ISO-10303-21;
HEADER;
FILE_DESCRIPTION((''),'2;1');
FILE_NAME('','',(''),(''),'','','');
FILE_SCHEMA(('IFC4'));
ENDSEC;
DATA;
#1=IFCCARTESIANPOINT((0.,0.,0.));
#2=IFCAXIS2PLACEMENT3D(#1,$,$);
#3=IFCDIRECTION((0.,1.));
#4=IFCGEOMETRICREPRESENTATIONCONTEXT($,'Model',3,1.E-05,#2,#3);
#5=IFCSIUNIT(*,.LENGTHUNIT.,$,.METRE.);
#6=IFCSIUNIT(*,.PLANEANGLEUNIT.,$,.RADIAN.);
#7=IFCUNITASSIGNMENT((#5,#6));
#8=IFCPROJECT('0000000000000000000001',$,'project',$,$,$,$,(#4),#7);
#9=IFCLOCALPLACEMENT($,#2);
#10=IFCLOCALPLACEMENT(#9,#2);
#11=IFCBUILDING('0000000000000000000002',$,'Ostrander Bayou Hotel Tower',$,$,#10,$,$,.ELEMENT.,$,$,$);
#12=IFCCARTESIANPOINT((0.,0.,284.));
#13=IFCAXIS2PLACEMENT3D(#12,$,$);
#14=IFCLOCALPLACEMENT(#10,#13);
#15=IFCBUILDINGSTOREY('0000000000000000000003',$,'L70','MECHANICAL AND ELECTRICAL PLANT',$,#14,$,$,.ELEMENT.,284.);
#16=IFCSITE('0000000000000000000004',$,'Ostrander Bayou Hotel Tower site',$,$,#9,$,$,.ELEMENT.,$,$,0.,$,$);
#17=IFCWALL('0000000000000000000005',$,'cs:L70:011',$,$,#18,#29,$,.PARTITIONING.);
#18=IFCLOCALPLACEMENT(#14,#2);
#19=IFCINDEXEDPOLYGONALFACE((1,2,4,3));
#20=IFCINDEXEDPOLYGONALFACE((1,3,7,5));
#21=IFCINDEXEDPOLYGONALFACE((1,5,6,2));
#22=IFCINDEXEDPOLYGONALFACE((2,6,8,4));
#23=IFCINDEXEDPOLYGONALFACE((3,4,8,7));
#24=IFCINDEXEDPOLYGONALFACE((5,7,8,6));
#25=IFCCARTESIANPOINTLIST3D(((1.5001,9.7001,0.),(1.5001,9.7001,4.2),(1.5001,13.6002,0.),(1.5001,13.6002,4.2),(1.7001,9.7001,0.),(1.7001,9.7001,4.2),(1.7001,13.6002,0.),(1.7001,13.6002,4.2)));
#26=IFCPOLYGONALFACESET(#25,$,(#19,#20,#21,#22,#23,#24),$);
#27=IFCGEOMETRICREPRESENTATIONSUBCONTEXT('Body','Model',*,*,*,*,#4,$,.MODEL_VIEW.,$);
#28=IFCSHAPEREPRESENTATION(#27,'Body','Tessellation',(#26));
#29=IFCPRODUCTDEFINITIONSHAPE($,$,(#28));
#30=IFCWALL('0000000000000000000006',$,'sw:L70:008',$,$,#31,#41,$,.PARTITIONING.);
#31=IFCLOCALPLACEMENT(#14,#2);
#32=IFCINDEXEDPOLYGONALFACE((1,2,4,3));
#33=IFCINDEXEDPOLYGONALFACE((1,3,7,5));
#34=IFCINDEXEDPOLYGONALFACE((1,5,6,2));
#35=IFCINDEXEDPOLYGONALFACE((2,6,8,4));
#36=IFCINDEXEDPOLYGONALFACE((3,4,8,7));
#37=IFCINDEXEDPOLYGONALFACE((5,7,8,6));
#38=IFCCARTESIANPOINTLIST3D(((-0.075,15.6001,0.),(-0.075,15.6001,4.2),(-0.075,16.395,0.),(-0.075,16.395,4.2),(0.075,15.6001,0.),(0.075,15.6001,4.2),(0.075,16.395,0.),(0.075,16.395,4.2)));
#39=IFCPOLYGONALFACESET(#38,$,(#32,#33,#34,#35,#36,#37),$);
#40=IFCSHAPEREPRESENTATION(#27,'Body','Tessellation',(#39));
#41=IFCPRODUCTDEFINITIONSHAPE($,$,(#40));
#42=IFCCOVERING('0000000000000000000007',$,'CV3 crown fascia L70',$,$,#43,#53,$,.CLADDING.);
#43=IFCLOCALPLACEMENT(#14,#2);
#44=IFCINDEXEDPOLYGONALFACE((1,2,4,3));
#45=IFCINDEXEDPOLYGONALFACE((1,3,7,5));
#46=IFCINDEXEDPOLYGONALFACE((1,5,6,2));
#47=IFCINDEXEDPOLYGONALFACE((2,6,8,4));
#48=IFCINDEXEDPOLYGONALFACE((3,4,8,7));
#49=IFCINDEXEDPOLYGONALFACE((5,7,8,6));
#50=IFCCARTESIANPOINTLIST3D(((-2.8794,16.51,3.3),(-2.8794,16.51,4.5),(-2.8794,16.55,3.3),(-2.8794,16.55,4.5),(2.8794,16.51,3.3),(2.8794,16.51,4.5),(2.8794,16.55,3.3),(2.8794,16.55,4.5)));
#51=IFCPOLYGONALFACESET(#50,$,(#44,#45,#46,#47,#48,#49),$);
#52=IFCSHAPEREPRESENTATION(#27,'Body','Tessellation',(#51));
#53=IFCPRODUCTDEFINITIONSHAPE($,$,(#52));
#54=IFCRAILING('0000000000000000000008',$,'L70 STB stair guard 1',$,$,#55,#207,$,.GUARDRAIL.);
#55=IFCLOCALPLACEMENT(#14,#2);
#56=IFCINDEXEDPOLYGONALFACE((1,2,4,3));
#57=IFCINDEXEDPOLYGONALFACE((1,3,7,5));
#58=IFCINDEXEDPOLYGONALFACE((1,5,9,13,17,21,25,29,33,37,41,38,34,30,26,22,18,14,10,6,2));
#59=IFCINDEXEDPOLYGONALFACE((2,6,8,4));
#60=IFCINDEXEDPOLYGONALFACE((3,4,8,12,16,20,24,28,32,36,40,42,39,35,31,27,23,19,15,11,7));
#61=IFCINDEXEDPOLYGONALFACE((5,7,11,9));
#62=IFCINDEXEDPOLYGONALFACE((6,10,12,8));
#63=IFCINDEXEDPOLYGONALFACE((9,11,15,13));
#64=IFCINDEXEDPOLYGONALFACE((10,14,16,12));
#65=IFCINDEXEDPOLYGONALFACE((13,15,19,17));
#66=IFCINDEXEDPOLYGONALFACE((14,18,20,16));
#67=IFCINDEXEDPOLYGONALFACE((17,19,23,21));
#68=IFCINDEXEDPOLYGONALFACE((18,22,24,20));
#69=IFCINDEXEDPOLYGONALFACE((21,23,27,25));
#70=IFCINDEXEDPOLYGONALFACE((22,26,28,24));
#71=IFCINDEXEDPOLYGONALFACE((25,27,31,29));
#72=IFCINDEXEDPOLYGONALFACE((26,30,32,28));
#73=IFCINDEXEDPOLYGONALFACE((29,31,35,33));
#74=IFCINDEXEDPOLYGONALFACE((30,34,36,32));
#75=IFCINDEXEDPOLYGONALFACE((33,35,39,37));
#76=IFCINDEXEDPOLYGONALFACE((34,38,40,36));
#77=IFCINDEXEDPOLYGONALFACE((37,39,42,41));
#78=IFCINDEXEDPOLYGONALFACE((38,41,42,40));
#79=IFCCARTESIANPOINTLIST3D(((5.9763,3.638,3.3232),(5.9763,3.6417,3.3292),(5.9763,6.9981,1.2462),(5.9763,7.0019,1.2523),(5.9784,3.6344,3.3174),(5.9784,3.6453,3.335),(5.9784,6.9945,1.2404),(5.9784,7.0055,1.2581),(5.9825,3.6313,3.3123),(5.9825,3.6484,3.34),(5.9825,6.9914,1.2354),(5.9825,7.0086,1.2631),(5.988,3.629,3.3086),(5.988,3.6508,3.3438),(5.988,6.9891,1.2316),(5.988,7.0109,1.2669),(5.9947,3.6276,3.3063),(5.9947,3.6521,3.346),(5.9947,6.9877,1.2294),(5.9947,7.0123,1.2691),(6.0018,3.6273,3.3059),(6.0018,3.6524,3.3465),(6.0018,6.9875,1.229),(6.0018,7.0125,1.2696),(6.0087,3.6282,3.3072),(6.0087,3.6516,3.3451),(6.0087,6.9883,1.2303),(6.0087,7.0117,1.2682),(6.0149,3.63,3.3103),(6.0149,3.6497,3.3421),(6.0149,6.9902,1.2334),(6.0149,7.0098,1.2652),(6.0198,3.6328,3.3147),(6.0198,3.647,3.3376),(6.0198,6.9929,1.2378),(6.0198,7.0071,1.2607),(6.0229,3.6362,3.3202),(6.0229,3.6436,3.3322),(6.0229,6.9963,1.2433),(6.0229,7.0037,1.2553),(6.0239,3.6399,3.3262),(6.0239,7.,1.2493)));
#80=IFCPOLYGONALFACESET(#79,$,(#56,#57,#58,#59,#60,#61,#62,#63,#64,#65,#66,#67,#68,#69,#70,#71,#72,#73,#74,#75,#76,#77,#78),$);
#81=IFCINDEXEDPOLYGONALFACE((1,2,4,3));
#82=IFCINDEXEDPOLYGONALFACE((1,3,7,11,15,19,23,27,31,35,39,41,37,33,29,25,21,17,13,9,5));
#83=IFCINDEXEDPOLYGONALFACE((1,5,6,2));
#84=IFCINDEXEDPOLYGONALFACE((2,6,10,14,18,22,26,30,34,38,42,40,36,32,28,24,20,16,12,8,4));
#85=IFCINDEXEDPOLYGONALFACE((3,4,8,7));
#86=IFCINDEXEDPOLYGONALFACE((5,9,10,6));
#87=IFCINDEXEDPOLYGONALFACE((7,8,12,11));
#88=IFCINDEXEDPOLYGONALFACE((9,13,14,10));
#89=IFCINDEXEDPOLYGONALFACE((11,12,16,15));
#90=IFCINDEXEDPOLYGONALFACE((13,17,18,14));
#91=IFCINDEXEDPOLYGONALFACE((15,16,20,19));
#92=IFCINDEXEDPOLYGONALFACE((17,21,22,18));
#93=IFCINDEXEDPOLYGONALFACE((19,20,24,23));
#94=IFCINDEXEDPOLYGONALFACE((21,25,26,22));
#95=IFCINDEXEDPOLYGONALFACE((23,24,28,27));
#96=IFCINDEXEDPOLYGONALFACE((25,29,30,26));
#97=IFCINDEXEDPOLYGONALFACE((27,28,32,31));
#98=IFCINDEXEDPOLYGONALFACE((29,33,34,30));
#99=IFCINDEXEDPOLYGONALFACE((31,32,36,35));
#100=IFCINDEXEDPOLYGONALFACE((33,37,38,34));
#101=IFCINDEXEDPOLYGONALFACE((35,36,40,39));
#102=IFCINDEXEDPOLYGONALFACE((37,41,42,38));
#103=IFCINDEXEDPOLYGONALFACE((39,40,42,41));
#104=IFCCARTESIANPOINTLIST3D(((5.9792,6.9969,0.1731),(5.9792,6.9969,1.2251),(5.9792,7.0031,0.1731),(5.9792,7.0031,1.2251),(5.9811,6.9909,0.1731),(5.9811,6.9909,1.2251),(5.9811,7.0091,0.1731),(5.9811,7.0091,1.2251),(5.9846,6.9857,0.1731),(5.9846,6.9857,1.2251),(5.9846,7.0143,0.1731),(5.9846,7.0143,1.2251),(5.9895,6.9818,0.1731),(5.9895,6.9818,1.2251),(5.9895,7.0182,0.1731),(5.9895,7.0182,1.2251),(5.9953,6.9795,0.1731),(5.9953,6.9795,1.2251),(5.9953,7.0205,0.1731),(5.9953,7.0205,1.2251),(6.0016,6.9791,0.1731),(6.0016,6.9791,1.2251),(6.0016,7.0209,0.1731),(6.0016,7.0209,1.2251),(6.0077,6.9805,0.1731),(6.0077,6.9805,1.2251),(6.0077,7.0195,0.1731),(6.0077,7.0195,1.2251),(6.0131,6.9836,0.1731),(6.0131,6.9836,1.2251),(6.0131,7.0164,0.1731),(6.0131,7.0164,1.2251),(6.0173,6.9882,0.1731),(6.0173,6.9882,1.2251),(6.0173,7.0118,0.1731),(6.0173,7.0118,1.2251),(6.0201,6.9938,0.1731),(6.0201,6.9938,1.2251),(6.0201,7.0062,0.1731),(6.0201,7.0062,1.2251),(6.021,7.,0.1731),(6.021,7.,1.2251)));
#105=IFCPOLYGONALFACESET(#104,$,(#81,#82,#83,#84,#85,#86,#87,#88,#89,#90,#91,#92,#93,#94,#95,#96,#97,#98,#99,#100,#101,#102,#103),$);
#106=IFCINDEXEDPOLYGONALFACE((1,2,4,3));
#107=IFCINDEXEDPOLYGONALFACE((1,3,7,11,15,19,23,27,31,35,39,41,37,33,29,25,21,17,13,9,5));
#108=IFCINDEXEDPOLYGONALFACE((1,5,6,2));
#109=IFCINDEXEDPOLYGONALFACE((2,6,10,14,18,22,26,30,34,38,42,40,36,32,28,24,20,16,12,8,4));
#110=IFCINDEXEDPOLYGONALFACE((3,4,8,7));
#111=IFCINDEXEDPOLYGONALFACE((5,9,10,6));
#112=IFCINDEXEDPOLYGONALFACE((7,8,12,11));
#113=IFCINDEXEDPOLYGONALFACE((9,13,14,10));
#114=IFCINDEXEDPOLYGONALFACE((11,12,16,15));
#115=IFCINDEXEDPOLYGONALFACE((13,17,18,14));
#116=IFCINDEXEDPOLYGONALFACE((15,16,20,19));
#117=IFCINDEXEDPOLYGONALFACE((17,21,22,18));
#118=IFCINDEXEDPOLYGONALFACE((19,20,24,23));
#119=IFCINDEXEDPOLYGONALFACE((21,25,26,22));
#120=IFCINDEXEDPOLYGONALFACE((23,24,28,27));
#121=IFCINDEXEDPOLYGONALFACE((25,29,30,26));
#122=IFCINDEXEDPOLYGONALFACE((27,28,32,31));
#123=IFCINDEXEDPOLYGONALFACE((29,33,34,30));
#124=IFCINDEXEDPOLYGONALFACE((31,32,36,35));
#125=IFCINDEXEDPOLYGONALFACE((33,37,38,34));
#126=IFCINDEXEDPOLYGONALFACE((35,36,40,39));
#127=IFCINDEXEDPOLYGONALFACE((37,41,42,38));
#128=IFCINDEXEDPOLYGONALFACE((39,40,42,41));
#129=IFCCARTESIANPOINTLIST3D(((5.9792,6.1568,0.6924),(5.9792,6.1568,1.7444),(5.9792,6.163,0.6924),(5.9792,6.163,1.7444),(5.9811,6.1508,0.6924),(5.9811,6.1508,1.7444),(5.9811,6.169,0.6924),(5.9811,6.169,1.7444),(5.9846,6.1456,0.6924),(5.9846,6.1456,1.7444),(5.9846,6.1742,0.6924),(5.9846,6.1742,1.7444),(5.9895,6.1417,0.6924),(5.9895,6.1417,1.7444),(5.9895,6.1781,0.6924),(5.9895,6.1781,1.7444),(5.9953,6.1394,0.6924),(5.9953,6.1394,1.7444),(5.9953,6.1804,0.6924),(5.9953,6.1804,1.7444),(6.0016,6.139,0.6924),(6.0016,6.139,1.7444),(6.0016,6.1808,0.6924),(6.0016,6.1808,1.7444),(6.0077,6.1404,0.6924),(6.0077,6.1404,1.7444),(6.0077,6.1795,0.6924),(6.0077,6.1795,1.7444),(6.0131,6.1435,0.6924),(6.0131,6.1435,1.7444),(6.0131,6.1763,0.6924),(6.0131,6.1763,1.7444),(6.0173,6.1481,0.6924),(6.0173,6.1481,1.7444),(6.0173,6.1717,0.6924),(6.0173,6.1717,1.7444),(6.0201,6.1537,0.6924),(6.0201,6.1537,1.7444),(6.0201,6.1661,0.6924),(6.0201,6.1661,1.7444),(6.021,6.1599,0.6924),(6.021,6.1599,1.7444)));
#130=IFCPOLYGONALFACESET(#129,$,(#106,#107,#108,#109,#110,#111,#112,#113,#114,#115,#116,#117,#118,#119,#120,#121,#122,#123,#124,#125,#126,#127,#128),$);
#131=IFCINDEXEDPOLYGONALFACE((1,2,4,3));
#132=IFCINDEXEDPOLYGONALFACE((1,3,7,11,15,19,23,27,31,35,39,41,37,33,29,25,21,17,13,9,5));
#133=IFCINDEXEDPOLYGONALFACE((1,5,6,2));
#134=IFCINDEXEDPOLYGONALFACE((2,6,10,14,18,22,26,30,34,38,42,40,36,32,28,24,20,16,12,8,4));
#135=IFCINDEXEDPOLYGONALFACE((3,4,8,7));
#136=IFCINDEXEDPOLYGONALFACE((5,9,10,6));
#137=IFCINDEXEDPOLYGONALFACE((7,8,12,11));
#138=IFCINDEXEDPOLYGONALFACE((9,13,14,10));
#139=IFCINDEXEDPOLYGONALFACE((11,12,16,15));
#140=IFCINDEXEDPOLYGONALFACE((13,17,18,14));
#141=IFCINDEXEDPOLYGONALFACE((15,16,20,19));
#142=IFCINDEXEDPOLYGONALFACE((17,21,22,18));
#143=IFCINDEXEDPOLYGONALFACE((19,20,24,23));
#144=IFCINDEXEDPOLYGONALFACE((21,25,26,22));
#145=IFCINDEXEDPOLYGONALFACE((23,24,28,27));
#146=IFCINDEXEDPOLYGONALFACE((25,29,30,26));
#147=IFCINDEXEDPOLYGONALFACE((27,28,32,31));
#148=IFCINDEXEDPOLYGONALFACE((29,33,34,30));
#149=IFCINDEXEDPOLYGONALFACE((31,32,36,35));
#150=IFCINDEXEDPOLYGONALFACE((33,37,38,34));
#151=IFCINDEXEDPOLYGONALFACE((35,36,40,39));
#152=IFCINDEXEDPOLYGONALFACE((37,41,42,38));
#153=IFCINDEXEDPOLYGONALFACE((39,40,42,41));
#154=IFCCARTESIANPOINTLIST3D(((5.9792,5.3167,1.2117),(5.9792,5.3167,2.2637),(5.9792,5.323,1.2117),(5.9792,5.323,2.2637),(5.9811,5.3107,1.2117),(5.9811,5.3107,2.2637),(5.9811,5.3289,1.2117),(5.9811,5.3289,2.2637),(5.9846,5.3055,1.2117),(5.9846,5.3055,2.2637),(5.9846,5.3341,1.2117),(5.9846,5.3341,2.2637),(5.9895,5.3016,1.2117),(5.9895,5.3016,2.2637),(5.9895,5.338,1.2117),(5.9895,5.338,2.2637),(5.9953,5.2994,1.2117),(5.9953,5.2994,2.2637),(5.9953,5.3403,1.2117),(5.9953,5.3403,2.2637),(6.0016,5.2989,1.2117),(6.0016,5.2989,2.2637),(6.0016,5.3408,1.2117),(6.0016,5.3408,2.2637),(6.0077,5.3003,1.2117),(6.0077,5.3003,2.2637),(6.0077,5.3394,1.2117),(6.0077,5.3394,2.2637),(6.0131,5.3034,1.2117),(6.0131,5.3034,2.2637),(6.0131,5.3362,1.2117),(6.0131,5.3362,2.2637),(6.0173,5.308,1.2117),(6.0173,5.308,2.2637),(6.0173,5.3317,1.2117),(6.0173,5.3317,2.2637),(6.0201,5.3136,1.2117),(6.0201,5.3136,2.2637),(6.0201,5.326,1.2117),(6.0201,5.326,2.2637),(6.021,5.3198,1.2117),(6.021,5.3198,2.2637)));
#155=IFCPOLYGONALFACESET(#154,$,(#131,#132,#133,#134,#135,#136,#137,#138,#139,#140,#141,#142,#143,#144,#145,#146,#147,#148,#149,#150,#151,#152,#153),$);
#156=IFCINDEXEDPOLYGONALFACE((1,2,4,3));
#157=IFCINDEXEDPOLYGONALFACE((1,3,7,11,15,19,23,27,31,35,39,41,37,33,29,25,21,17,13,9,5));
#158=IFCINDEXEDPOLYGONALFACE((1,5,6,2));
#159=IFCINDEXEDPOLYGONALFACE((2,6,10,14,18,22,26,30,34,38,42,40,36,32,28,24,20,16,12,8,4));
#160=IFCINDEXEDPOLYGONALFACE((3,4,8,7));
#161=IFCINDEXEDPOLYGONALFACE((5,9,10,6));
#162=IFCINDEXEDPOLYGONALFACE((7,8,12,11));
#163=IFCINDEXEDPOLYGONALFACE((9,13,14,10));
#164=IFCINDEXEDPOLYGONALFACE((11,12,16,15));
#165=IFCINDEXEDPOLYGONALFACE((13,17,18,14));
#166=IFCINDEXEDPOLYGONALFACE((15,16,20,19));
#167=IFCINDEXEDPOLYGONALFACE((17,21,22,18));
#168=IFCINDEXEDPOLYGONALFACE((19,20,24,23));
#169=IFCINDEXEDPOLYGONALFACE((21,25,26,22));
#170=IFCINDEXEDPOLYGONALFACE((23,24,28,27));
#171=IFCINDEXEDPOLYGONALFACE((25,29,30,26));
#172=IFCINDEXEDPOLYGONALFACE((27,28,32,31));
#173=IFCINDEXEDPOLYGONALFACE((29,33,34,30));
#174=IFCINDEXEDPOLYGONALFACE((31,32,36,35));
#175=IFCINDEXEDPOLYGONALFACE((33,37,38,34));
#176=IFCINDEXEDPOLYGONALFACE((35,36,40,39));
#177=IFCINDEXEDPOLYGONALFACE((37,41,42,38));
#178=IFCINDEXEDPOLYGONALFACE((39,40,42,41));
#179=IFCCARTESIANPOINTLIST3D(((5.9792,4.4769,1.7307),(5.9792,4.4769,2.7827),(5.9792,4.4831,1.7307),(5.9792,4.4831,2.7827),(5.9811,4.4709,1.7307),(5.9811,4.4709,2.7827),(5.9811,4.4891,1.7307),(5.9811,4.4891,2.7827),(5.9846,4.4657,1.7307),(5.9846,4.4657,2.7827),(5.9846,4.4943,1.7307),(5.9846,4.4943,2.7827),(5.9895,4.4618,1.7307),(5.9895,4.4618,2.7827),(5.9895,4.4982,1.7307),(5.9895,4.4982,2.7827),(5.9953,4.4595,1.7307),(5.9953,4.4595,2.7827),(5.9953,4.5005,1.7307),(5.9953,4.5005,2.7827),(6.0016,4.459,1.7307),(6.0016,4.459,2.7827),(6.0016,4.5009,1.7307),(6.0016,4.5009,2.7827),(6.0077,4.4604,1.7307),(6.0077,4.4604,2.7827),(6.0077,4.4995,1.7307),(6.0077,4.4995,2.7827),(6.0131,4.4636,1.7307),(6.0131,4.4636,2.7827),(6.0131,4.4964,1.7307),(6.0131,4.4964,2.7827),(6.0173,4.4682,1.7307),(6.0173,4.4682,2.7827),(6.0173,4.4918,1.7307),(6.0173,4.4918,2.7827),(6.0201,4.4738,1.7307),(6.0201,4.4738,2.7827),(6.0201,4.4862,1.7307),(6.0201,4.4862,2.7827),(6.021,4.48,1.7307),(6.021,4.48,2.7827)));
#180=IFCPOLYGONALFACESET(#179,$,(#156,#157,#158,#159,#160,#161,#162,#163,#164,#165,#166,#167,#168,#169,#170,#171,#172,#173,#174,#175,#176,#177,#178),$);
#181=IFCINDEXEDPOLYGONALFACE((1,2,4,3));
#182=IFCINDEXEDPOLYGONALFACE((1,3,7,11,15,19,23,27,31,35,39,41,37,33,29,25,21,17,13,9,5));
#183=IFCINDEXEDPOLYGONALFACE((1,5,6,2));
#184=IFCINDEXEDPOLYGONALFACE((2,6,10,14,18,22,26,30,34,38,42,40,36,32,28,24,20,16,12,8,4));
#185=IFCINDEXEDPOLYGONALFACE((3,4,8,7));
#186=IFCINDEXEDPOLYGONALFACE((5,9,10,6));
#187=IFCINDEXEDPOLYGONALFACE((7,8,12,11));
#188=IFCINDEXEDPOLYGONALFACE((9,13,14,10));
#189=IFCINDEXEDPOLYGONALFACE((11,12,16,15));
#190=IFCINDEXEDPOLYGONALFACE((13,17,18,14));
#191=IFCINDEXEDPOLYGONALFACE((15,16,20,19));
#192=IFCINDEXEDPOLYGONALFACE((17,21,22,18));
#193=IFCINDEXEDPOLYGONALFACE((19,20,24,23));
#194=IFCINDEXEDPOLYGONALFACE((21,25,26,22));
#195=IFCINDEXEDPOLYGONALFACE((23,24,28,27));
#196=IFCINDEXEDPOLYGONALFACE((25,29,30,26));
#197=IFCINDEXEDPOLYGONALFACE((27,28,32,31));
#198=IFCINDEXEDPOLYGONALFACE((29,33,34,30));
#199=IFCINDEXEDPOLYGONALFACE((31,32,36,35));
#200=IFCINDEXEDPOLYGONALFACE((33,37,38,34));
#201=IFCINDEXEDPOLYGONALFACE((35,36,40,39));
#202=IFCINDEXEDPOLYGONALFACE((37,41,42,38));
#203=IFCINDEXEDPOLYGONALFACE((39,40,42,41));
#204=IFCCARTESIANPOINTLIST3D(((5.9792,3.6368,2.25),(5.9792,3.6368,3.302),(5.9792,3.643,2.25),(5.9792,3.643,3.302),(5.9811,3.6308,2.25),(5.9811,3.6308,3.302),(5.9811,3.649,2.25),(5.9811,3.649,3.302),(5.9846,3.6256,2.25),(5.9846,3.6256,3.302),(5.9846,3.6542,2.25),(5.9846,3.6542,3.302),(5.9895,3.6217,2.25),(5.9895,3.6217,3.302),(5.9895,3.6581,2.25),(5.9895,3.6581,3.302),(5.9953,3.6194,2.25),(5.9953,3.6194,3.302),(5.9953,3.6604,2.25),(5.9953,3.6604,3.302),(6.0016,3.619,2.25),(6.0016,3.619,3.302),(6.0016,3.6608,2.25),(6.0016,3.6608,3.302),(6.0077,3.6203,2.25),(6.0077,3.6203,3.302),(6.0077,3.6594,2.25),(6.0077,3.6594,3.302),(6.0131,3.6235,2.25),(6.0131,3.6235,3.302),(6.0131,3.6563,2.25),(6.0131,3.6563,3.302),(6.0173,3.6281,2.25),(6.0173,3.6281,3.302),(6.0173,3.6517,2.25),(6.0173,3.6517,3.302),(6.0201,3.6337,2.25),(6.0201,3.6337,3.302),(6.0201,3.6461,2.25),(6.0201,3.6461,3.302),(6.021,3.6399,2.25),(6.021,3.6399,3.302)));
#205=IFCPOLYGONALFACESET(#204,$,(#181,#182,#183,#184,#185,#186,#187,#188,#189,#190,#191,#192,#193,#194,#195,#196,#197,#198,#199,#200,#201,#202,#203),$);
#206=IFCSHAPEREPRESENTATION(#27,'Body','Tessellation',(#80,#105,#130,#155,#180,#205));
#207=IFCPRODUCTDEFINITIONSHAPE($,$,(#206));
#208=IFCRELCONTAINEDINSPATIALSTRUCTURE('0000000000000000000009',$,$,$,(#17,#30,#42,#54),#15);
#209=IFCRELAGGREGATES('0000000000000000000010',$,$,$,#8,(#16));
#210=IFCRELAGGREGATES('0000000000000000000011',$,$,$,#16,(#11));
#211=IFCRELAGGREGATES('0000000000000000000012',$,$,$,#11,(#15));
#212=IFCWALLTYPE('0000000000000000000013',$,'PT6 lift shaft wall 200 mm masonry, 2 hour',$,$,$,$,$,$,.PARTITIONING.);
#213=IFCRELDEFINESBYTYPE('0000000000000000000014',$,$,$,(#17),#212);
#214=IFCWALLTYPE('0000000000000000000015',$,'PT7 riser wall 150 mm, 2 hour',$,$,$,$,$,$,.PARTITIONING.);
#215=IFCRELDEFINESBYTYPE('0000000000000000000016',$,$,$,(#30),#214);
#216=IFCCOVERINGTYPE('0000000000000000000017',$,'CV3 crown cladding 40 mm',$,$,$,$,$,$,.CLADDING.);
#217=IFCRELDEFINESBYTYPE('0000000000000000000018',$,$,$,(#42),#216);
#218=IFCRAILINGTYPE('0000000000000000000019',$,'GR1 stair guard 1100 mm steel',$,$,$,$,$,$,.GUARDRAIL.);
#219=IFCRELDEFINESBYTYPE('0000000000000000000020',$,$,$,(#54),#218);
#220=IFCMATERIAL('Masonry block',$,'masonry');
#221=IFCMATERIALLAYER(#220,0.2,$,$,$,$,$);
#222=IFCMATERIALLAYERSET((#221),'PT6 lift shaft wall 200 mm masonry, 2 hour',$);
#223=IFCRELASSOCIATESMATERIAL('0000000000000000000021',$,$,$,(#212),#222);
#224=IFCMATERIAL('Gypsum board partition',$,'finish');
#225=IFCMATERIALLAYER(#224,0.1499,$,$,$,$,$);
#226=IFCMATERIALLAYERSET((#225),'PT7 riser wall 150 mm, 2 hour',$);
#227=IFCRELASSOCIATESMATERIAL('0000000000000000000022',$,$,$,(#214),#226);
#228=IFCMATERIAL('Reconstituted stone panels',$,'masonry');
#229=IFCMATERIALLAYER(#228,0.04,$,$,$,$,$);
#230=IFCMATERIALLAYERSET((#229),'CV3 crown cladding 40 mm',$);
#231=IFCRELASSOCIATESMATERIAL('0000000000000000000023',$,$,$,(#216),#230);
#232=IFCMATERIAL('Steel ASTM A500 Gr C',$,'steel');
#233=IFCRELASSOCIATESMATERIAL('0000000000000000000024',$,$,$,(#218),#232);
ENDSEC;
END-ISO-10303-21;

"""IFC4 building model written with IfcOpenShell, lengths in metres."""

from ifc_helpers import new_model, si_unit, direction, frame, frame_2d, origin, origin_2d, place, context, subcontext, project, spatial, polyline, rectangle, circle, outline, extrude, material, layer, layer_set, type_object, element, save


model = new_model("IFC4")

# Units and contexts
model_context = context("Model", 3, precision=1e-05, world=origin(), true_north=direction((0.0, 1.0)))
body_context = subcontext(model_context, "Body", "Model", "MODEL_VIEW")
ifc_project = project(units=[si_unit("LENGTHUNIT", "METRE"), si_unit("PLANEANGLEUNIT", "RADIAN")], contexts=[model_context])

# Site, building, storey
site_placement = place(None, origin())
site = spatial("IfcSite", under=ifc_project, at=site_placement, Name="Ostrander Bayou Hotel Tower site", CompositionType="ELEMENT", RefElevation=0.0)
building_placement = place(site_placement, origin())
building = spatial("IfcBuilding", under=site, at=building_placement, Name="Ostrander Bayou Hotel Tower", CompositionType="ELEMENT")
storey_placement = place(building_placement, frame((0.0, 0.0, 284.0)))
storey = spatial("IfcBuildingStorey", under=building, at=storey_placement, Name="L70", Description="MECHANICAL AND ELECTRICAL PLANT", CompositionType="ELEMENT", Elevation=284.0)

# Walls
ifc_material_1 = material(Name="Masonry block", Category="masonry")
ifc_layer_1 = layer(ifc_material_1, 0.2)
ifc_layer_set_1 = layer_set([ifc_layer_1], Name="PT6 lift shaft wall 200 mm masonry, 2 hour")
wall_type_1 = type_object("IfcWallType", Name="PT6 lift shaft wall 200 mm masonry, 2 hour", PredefinedType="PARTITIONING", material=ifc_layer_set_1)
wall_1_placement = place(storey_placement, frame((1.6001, 9.7, 0.0), z_axis=(0.0, 0.0, 1.0), x_axis=(0.0, 1.0, 0.0)))
element("IfcWall", 1, at=wall_1_placement, inside=storey, type_object=wall_type_1, Name="cs:L70:011", PredefinedType="PARTITIONING", context=body_context, shape_type="SweptSolid", body=[
    extrude(rectangle(XDim=3.9001, YDim=0.2, at=frame_2d((1.9502, 0.0))), origin(), (0.0, 0.0, 1.0), 4.2),
])
ifc_material_2 = material(Name="Gypsum board partition", Category="finish")
ifc_layer_2 = layer(ifc_material_2, 0.1499)
ifc_layer_set_2 = layer_set([ifc_layer_2], Name="PT7 riser wall 150 mm, 2 hour")
wall_type_2 = type_object("IfcWallType", Name="PT7 riser wall 150 mm, 2 hour", PredefinedType="PARTITIONING", material=ifc_layer_set_2)
wall_2_placement = place(storey_placement, frame((0.0, 15.6001, 0.0), z_axis=(0.0, 0.0, 1.0), x_axis=(0.0, 1.0, 0.0)))
element("IfcWall", 2, at=wall_2_placement, inside=storey, type_object=wall_type_2, Name="sw:L70:008", PredefinedType="PARTITIONING", context=body_context, shape_type="SweptSolid", body=[
    extrude(rectangle(XDim=0.7949, YDim=0.1499, at=frame_2d((0.3975, 0.0))), origin(), (0.0, 0.0, 1.0), 4.2),
])

# Covering
ifc_material_3 = material(Name="Reconstituted stone panels", Category="masonry")
ifc_layer_3 = layer(ifc_material_3, 0.04)
ifc_layer_set_3 = layer_set([ifc_layer_3], Name="CV3 crown cladding 40 mm")
covering_type = type_object("IfcCoveringType", Name="CV3 crown cladding 40 mm", PredefinedType="CLADDING", material=ifc_layer_set_3)
covering_placement = place(storey_placement, frame((2.8794, 16.55, 3.3), z_axis=(0.0, 1.0, 0.0), x_axis=(-1.0, 0.0, 0.0)))
element("IfcCovering", 3, at=covering_placement, inside=storey, type_object=covering_type, Name="CV3 crown fascia L70", PredefinedType="CLADDING", context=body_context, shape_type="SweptSolid", body=[
    extrude(outline(polyline([(0.0, 0.0), (5.7588, 0.0), (5.7588, 1.2), (0.0, 1.2), (0.0, 0.0)])), origin(), (0.0, 0.0, -1.0), 0.04),
])

# Railing
ifc_material_4 = material(Name="Steel ASTM A500 Gr C", Category="steel")
railing_type = type_object("IfcRailingType", Name="GR1 stair guard 1100 mm steel", PredefinedType="GUARDRAIL", material=ifc_material_4)
railing_1_placement = place(storey_placement, frame((6.0, 7.0, 0.1731)))
element("IfcRailing", 4, at=railing_1_placement, inside=storey, type_object=railing_type, Name="L70 STB stair guard 1", PredefinedType="GUARDRAIL", context=body_context, shape_type="SweptSolid", body=[
    extrude(circle(Radius=0.0239, at=origin_2d()), frame((0.0, 0.0, 1.0762), z_axis=(0.0, -0.850623, 0.525776), x_axis=(1.0, 0.0, 0.0)), (0.0, 0.0, 1.0), 3.9502),
    extrude(circle(Radius=0.021, at=origin_2d()), origin(), (0.0, 0.0, 1.0), 1.052),
    extrude(circle(Radius=0.021, at=origin_2d()), frame((0.0, -0.8401, 0.5193)), (0.0, 0.0, 1.0), 1.052),
    extrude(circle(Radius=0.021, at=origin_2d()), frame((0.0, -1.6802, 1.0386)), (0.0, 0.0, 1.0), 1.052),
    extrude(circle(Radius=0.021, at=origin_2d()), frame((0.0, -2.52, 1.5576)), (0.0, 0.0, 1.0), 1.052),
    extrude(circle(Radius=0.021, at=origin_2d()), frame((0.0, -3.3601, 2.0769)), (0.0, 0.0, 1.0), 1.052),
])

save(model, "model.ifc")
